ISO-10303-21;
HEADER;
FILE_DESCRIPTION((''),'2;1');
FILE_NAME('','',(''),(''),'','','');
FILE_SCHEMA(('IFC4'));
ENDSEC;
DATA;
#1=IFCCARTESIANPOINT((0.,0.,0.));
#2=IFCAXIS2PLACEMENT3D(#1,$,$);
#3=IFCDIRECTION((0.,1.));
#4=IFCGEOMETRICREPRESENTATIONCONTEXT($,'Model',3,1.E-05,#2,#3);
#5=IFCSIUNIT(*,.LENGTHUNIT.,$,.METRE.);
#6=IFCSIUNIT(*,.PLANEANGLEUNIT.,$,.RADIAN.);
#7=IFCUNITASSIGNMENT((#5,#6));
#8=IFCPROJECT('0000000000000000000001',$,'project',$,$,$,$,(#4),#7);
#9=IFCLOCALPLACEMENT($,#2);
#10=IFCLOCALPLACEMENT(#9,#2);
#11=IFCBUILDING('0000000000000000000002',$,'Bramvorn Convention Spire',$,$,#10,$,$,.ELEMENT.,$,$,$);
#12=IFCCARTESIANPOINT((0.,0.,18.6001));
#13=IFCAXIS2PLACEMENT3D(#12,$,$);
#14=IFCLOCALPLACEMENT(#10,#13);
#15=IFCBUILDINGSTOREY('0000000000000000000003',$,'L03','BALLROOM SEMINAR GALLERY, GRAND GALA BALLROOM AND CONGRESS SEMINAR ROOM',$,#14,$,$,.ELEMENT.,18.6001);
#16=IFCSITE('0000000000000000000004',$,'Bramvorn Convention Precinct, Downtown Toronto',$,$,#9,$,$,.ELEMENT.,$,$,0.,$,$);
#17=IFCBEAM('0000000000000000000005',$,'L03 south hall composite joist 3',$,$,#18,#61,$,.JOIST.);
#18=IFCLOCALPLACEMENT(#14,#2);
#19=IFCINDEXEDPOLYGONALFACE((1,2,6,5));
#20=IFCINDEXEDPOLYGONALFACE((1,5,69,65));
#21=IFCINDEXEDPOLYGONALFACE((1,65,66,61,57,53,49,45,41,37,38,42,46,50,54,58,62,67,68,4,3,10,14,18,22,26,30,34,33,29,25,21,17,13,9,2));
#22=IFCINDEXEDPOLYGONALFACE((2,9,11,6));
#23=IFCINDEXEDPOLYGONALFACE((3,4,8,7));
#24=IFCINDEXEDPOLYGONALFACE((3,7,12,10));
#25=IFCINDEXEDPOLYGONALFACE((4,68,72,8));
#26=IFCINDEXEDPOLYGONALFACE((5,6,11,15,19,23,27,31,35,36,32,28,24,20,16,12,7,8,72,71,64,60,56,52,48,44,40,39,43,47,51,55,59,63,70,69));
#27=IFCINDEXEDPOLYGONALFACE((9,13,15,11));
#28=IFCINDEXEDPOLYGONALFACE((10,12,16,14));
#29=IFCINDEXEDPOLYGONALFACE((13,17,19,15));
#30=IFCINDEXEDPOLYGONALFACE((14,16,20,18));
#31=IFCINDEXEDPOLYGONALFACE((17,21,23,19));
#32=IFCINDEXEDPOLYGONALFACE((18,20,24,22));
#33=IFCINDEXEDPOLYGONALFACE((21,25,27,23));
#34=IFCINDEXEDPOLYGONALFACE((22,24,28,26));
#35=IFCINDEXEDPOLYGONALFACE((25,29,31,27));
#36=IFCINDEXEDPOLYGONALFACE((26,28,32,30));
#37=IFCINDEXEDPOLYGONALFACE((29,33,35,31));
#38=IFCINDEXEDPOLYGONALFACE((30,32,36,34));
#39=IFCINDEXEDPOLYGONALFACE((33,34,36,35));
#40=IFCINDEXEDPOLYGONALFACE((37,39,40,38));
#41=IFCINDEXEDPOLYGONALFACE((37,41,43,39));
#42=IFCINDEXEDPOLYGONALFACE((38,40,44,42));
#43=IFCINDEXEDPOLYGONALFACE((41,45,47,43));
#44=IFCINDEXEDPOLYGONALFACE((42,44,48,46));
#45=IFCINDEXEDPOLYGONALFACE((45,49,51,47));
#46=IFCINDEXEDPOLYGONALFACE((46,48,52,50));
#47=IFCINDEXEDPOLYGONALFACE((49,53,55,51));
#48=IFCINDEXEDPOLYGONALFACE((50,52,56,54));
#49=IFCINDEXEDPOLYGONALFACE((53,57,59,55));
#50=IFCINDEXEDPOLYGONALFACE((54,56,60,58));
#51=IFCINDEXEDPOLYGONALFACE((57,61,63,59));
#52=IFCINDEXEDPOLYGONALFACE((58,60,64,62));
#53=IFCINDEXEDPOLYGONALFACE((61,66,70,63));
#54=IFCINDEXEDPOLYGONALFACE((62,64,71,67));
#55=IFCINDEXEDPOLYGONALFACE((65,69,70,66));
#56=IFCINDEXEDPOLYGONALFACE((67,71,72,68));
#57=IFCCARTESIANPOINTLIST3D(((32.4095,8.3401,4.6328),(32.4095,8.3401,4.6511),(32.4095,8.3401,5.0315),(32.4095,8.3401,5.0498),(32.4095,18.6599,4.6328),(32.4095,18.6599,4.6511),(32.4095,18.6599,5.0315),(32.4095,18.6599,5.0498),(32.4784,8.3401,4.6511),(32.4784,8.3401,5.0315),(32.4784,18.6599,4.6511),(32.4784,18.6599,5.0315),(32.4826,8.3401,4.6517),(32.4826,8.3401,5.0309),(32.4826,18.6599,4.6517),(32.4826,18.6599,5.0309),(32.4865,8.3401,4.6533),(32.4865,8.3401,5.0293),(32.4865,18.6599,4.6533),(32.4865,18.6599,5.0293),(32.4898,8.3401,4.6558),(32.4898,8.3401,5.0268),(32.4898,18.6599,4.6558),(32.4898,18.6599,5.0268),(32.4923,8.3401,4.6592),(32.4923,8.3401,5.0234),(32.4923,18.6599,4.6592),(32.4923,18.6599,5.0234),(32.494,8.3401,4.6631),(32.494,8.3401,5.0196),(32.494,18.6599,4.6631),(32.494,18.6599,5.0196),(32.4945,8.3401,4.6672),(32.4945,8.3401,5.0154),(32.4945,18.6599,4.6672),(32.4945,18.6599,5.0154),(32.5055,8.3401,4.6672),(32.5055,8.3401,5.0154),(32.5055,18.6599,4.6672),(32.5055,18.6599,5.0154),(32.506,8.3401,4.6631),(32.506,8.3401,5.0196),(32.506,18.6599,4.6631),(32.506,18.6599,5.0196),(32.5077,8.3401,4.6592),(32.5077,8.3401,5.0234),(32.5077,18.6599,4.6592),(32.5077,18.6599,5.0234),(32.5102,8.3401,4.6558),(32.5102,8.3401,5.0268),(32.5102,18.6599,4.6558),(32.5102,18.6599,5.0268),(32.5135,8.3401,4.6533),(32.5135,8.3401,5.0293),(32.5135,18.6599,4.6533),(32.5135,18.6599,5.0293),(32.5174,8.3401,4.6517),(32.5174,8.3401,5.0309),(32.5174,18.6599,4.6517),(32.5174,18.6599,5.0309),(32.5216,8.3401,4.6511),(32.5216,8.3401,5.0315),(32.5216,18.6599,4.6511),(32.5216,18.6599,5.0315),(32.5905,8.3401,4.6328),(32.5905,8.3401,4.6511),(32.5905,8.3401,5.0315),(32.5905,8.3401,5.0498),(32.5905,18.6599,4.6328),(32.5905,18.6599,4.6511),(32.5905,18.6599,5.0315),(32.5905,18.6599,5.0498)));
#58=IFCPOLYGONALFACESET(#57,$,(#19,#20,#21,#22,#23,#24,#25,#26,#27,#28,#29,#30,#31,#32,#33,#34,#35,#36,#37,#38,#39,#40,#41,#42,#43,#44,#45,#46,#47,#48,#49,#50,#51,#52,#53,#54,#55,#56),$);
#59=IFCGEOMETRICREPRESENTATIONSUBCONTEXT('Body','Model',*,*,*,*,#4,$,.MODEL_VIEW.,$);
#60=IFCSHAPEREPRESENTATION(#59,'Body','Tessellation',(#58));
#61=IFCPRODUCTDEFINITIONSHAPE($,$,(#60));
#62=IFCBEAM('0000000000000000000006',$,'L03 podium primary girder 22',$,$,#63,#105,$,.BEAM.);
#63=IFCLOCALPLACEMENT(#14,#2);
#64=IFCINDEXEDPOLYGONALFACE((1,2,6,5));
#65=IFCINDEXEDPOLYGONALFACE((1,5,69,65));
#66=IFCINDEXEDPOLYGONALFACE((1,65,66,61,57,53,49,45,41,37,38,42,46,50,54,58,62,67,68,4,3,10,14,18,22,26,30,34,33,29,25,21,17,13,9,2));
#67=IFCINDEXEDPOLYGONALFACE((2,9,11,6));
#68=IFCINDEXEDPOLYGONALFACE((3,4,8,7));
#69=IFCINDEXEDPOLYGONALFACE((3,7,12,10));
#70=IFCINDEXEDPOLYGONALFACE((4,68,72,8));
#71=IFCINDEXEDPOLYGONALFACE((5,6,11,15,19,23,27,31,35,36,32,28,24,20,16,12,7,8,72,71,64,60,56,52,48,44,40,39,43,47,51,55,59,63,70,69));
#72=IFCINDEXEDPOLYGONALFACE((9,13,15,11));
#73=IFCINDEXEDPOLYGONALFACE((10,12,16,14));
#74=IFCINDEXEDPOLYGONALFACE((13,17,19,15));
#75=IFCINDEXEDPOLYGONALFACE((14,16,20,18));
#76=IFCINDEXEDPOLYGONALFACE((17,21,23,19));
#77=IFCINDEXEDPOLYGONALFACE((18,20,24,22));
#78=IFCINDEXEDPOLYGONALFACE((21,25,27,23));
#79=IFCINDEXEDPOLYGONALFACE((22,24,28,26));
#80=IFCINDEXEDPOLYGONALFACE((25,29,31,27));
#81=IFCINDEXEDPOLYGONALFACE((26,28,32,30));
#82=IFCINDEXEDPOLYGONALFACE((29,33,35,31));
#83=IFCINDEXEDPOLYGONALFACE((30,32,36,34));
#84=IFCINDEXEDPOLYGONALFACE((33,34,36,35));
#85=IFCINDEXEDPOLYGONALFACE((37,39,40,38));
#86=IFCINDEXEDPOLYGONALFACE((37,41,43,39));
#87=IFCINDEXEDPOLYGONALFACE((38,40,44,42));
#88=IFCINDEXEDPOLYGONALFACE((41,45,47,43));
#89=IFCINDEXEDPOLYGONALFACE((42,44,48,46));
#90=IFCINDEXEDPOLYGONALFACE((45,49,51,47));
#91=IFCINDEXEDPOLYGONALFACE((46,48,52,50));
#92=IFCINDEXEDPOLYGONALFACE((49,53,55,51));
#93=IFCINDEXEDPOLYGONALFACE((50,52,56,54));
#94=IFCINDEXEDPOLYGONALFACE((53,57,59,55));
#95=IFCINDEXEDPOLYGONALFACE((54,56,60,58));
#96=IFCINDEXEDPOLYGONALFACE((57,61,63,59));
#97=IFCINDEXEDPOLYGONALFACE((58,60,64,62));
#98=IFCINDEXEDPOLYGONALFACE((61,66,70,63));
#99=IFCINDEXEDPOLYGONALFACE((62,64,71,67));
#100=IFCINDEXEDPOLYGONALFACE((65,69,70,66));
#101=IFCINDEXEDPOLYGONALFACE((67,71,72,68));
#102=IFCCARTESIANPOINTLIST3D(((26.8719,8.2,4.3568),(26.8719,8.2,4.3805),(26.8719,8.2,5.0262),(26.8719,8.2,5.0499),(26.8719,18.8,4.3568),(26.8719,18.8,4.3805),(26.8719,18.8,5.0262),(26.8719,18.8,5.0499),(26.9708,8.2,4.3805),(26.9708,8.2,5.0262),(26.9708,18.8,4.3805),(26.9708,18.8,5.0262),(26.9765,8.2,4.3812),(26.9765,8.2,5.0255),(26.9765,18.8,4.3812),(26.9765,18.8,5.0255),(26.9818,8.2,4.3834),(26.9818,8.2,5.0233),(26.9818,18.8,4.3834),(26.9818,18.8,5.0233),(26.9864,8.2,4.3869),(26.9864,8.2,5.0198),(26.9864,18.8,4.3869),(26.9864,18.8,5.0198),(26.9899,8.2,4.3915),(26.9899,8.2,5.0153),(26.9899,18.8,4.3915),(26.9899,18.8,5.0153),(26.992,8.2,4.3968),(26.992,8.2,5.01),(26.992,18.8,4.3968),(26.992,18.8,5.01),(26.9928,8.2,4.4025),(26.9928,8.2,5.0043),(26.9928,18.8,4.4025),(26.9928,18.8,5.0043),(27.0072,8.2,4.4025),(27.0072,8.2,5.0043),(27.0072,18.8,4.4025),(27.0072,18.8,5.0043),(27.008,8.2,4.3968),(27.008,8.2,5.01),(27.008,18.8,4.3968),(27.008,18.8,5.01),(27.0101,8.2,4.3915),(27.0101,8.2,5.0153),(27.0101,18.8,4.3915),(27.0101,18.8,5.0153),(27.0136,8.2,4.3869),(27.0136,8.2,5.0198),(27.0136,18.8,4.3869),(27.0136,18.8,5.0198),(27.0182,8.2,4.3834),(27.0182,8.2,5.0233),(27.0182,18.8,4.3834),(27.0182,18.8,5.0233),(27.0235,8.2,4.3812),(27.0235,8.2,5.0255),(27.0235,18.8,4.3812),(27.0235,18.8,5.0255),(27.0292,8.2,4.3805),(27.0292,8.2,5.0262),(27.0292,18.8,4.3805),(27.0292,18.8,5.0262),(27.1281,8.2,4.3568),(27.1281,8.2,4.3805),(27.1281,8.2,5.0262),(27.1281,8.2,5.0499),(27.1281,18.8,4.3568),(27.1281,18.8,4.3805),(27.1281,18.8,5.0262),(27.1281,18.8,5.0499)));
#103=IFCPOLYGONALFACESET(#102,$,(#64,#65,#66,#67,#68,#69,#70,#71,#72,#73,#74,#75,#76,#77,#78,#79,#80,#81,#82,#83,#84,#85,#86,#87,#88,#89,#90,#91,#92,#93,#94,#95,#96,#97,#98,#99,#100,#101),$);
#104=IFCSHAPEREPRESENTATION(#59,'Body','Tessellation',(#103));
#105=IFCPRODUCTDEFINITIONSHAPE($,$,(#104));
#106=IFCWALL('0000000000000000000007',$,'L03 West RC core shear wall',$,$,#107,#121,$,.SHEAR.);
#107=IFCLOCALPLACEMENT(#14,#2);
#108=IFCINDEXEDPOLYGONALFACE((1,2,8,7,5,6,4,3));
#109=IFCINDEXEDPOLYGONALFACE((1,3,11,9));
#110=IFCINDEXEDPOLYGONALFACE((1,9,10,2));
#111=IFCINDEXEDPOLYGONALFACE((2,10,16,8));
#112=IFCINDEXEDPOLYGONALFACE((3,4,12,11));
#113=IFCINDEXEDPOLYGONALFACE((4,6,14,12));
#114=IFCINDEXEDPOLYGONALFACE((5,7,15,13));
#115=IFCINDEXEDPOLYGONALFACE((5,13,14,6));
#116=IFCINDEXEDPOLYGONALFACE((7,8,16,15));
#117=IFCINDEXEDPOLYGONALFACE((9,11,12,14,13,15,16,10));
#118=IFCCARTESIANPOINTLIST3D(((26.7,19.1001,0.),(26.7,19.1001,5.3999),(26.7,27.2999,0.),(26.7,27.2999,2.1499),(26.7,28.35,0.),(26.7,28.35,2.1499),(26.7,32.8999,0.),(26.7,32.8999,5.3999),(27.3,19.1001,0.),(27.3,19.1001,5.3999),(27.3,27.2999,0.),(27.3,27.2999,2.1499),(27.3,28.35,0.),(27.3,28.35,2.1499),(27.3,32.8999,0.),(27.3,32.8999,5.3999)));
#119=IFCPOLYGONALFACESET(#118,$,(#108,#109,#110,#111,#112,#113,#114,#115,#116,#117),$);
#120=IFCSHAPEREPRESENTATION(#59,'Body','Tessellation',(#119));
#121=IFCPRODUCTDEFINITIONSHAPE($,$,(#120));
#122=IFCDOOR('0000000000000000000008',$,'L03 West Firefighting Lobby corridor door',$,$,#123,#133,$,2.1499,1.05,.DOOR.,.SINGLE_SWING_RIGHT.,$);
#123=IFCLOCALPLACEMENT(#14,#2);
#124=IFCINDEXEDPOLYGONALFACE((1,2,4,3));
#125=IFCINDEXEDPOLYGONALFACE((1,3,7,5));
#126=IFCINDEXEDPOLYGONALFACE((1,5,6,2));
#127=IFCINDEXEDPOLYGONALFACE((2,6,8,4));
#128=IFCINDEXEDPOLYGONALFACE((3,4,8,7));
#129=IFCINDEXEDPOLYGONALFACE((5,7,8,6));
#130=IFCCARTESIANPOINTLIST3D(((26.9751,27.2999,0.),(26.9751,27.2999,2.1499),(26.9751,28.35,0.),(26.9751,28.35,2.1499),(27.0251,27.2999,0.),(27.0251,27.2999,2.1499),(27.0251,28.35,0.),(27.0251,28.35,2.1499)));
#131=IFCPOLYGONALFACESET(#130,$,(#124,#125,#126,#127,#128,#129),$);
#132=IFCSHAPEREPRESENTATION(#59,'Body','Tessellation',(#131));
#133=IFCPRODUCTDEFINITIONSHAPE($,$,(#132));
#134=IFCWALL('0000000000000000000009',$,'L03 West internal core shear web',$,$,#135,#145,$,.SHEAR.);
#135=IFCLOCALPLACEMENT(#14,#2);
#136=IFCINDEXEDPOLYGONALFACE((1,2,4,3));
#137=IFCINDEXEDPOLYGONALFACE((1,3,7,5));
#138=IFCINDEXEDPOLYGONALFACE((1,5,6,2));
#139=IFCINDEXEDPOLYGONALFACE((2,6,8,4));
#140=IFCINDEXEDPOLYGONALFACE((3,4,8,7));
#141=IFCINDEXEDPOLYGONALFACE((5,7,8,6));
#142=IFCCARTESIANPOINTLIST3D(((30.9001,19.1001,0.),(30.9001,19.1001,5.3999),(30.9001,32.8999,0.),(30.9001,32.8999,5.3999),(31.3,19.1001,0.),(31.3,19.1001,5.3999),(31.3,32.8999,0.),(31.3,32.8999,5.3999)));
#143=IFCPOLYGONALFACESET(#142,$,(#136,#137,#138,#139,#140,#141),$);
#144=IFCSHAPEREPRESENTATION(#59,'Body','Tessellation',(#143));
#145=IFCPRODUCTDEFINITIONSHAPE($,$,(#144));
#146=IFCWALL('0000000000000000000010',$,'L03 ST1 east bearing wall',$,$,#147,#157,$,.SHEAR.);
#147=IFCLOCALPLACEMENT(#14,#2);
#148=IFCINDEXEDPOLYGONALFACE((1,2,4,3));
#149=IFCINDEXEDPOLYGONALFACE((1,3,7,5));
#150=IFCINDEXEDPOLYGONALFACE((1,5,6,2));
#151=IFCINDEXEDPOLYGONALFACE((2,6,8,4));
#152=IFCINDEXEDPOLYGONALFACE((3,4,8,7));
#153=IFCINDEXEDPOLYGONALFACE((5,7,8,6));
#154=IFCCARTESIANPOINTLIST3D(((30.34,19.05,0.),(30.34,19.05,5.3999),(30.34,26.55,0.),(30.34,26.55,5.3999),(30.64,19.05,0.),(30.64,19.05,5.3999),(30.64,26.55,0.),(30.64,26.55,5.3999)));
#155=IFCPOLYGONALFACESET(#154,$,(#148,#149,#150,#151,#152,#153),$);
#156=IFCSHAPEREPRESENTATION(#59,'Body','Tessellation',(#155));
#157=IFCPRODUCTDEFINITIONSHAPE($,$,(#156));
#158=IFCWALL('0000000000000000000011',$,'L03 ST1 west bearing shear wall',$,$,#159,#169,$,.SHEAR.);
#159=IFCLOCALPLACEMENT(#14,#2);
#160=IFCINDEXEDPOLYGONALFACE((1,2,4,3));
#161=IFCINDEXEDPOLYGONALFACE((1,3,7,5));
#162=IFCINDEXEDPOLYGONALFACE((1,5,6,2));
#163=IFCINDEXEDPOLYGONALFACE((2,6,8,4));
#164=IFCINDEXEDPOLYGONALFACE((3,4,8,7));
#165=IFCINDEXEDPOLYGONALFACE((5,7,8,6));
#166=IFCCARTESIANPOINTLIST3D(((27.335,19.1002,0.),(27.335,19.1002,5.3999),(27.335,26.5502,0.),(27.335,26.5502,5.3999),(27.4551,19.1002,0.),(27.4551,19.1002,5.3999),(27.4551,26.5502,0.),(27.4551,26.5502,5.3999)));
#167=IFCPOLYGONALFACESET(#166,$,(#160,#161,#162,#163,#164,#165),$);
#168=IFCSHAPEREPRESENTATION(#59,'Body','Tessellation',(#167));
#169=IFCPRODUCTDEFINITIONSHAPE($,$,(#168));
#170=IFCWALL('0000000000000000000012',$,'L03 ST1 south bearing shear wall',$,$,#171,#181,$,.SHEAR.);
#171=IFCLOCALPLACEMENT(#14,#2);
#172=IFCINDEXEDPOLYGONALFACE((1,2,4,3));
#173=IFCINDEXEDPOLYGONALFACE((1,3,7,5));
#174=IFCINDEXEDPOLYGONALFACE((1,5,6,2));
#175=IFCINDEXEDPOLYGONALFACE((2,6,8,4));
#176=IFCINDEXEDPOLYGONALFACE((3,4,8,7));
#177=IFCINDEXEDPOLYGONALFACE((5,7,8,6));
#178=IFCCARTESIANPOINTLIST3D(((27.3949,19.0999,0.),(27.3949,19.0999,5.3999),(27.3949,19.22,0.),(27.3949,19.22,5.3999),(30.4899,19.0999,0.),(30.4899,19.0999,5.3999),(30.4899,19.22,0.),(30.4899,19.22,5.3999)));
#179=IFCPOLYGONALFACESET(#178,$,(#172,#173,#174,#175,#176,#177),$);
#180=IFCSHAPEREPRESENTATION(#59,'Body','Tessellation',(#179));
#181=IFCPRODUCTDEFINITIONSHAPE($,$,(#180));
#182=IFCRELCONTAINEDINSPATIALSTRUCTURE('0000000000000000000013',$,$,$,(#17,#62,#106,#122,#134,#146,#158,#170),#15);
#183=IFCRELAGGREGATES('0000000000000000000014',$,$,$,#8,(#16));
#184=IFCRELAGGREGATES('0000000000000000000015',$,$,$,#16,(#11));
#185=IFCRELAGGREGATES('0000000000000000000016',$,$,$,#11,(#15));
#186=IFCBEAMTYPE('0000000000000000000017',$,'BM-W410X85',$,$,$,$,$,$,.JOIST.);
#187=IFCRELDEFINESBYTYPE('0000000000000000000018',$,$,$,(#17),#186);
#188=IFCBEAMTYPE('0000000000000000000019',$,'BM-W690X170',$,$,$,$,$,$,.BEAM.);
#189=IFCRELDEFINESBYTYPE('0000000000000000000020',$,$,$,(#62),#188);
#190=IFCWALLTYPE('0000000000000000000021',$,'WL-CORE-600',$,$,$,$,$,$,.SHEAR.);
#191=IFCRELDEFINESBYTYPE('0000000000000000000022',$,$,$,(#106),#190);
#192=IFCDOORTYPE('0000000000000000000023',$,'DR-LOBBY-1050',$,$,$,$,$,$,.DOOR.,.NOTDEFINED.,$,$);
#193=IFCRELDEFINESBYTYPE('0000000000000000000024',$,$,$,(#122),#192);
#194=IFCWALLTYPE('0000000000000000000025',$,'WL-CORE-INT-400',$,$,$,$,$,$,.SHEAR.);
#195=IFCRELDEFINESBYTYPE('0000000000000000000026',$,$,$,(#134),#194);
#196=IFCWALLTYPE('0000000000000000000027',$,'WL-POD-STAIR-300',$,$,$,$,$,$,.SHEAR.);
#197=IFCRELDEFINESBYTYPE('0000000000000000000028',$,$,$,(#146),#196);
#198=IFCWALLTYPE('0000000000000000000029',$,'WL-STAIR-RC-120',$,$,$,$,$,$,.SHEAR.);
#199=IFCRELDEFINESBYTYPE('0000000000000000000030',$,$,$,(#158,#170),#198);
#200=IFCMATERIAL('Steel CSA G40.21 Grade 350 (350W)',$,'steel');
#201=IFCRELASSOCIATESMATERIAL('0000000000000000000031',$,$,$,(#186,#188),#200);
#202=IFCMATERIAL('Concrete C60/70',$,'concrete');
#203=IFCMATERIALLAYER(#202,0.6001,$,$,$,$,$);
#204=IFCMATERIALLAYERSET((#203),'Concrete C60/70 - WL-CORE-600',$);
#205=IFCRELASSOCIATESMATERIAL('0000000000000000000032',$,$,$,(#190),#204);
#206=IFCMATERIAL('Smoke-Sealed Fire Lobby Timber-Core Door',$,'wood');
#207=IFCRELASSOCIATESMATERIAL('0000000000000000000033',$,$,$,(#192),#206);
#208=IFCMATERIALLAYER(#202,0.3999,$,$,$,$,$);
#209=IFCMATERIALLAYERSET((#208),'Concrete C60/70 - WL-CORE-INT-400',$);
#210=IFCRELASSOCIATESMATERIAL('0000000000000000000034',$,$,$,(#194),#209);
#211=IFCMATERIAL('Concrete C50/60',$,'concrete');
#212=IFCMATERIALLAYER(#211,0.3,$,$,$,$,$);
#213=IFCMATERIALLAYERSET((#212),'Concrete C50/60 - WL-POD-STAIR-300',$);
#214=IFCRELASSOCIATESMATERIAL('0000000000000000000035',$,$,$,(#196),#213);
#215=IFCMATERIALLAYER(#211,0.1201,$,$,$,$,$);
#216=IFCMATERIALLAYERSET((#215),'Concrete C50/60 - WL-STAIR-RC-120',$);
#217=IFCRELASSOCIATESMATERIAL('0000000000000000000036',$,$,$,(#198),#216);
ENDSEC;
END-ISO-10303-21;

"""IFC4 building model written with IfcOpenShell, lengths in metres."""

from ifc_helpers import new_model, si_unit, direction, frame, frame_2d, origin, origin_2d, place, context, subcontext, project, spatial, rectangle, i_section, extrude, material, layer, layer_set, material_profile, profile_set, type_object, element, fill, save


model = new_model("IFC4")

# Units and contexts
model_context = context("Model", 3, precision=1e-05, world=origin(), true_north=direction((0.0, 1.0)))
body_context = subcontext(model_context, "Body", "Model", "MODEL_VIEW")
ifc_project = project(units=[si_unit("LENGTHUNIT", "METRE"), si_unit("PLANEANGLEUNIT", "RADIAN")], contexts=[model_context])

# Site, building, storey
site_placement = place(None, origin())
site = spatial("IfcSite", under=ifc_project, at=site_placement, Name="Bramvorn Convention Precinct, Downtown Toronto", CompositionType="ELEMENT", RefElevation=0.0)
building_placement = place(site_placement, origin())
building = spatial("IfcBuilding", under=site, at=building_placement, Name="Bramvorn Convention Spire", CompositionType="ELEMENT")
storey_placement = place(building_placement, frame((0.0, 0.0, 18.6001)))
storey = spatial("IfcBuildingStorey", under=building, at=storey_placement, Name="L03", Description="BALLROOM SEMINAR GALLERY, GRAND GALA BALLROOM AND CONGRESS SEMINAR ROOM", CompositionType="ELEMENT", Elevation=18.6001)

# Beams
ifc_material_1 = material(Name="Steel CSA G40.21 Grade 350 (350W)", Category="steel")
ifc_material_profile_1 = material_profile(ifc_material_1, i_section(OverallWidth=0.1809, OverallDepth=0.417, WebThickness=0.011, FlangeThickness=0.0183, FilletRadius=0.0161, at=origin_2d()))
ifc_profile_set_1 = profile_set([ifc_material_profile_1], Name="Steel CSA G40.21 Grade 350 (350W) - W410X85")
beam_type_1 = type_object("IfcBeamType", Name="BM-W410X85", PredefinedType="JOIST", material=ifc_profile_set_1)
beam_1_placement = place(storey_placement, frame((32.5, 8.3401, 4.8413), z_axis=(0.0, 1.0, 0.0), x_axis=(-1.0, 0.0, 0.0)))
element("IfcBeam", 1, at=beam_1_placement, inside=storey, type_object=beam_type_1, Name="L03 south hall composite joist 3", PredefinedType="JOIST", context=body_context, shape_type="SweptSolid", body=[
    extrude(i_section(OverallWidth=0.1809, OverallDepth=0.417, WebThickness=0.011, FlangeThickness=0.0183, FilletRadius=0.0161, at=origin_2d()), origin(), (0.0, 0.0, 1.0), 10.3198),
])
ifc_material_profile_2 = material_profile(ifc_material_1, i_section(OverallWidth=0.2561, OverallDepth=0.6931, WebThickness=0.0144, FlangeThickness=0.0237, FilletRadius=0.022, at=origin_2d()))
ifc_profile_set_2 = profile_set([ifc_material_profile_2], Name="Steel CSA G40.21 Grade 350 (350W) - W690X170")
beam_type_2 = type_object("IfcBeamType", Name="BM-W690X170", PredefinedType="BEAM", material=ifc_profile_set_2)
beam_2_placement = place(storey_placement, frame((27.0, 8.2, 4.7034), z_axis=(0.0, 1.0, 0.0), x_axis=(-1.0, 0.0, 0.0)))
element("IfcBeam", 2, at=beam_2_placement, inside=storey, type_object=beam_type_2, Name="L03 podium primary girder 22", PredefinedType="BEAM", context=body_context, shape_type="SweptSolid", body=[
    extrude(i_section(OverallWidth=0.2561, OverallDepth=0.6931, WebThickness=0.0144, FlangeThickness=0.0237, FilletRadius=0.022, at=origin_2d()), origin(), (0.0, 0.0, 1.0), 10.6001),
])

# Wall, opening, door
ifc_material_2 = material(Name="Concrete C60/70", Category="concrete")
ifc_layer_1 = layer(ifc_material_2, 0.6001)
ifc_layer_set_1 = layer_set([ifc_layer_1], Name="Concrete C60/70 - WL-CORE-600")
wall_type_1 = type_object("IfcWallType", Name="WL-CORE-600", PredefinedType="SHEAR", material=ifc_layer_set_1)
wall_1_placement = place(storey_placement, frame((27.0, 19.1001, 0.0), z_axis=(0.0, 0.0, 1.0), x_axis=(0.0, 1.0, 0.0)))
wall_1 = element("IfcWall", 3, at=wall_1_placement, inside=storey, type_object=wall_type_1, Name="L03 West RC core shear wall", PredefinedType="SHEAR", context=body_context, shape_type="SweptSolid", body=[
    extrude(rectangle(XDim=13.7998, YDim=0.6001, at=frame_2d((6.8999, 0.0))), origin(), (0.0, 0.0, 1.0), 5.3999),
])
opening_placement = place(wall_1_placement, frame((8.2, 0.0, 0.0)))
opening = element("IfcOpeningElement", 4, at=opening_placement, cuts=wall_1, PredefinedType="OPENING", context=body_context, shape_type="SweptSolid", body=[
    extrude(rectangle(XDim=1.05, YDim=2.1499, at=frame_2d((0.5249, 1.075))), frame((0.0, 0.3101, 0.0), z_axis=(0.0, -1.0, 0.0), x_axis=(1.0, 0.0, 0.0)), (0.0, 0.0, 1.0), 0.6201),
])
ifc_material_3 = material(Name="Smoke-Sealed Fire Lobby Timber-Core Door", Category="wood")
door_type = type_object("IfcDoorType", Name="DR-LOBBY-1050", OperationType="NOTDEFINED", PredefinedType="DOOR", material=ifc_material_3)
door_placement = place(opening_placement, origin())
door = element("IfcDoor", 5, at=door_placement, inside=storey, type_object=door_type, Name="L03 West Firefighting Lobby corridor door", OperationType="SINGLE_SWING_RIGHT", OverallHeight=2.1499, OverallWidth=1.05, PredefinedType="DOOR", context=body_context, shape_type="SweptSolid", body=[
    extrude(rectangle(XDim=1.05, YDim=2.1499, at=frame_2d((0.5249, 1.075))), frame((0.0, 0.0249, 0.0), z_axis=(0.0, -1.0, 0.0), x_axis=(1.0, 0.0, 0.0)), (0.0, 0.0, 1.0), 0.05),
])
fill(opening, door)

# Walls
ifc_layer_2 = layer(ifc_material_2, 0.3999)
ifc_layer_set_2 = layer_set([ifc_layer_2], Name="Concrete C60/70 - WL-CORE-INT-400")
wall_type_2 = type_object("IfcWallType", Name="WL-CORE-INT-400", PredefinedType="SHEAR", material=ifc_layer_set_2)
wall_2_placement = place(storey_placement, frame((31.1001, 19.1001, 0.0), z_axis=(0.0, 0.0, 1.0), x_axis=(0.0, 1.0, 0.0)))
element("IfcWall", 6, at=wall_2_placement, inside=storey, type_object=wall_type_2, Name="L03 West internal core shear web", PredefinedType="SHEAR", context=body_context, shape_type="SweptSolid", body=[
    extrude(rectangle(XDim=13.7998, YDim=0.3999, at=frame_2d((6.8999, 0.0))), origin(), (0.0, 0.0, 1.0), 5.3999),
])
ifc_material_4 = material(Name="Concrete C50/60", Category="concrete")
ifc_layer_3 = layer(ifc_material_4, 0.3)
ifc_layer_set_3 = layer_set([ifc_layer_3], Name="Concrete C50/60 - WL-POD-STAIR-300")
wall_type_3 = type_object("IfcWallType", Name="WL-POD-STAIR-300", PredefinedType="SHEAR", material=ifc_layer_set_3)
wall_3_placement = place(storey_placement, frame((30.49, 19.05, 0.0), z_axis=(0.0, 0.0, 1.0), x_axis=(0.0, 1.0, 0.0)))
element("IfcWall", 7, at=wall_3_placement, inside=storey, type_object=wall_type_3, Name="L03 ST1 east bearing wall", PredefinedType="SHEAR", context=body_context, shape_type="SweptSolid", body=[
    extrude(rectangle(XDim=7.5, YDim=0.3, at=frame_2d((3.75, 0.0))), origin(), (0.0, 0.0, 1.0), 5.3999),
])
ifc_layer_4 = layer(ifc_material_4, 0.1201)
ifc_layer_set_4 = layer_set([ifc_layer_4], Name="Concrete C50/60 - WL-STAIR-RC-120")
wall_type_4 = type_object("IfcWallType", Name="WL-STAIR-RC-120", PredefinedType="SHEAR", material=ifc_layer_set_4)
wall_4_placement = place(storey_placement, frame((27.395, 19.1001, 0.0), z_axis=(0.0, 0.0, 1.0), x_axis=(0.0, 1.0, 0.0)))
element("IfcWall", 8, at=wall_4_placement, inside=storey, type_object=wall_type_4, Name="L03 ST1 west bearing shear wall", PredefinedType="SHEAR", context=body_context, shape_type="SweptSolid", body=[
    extrude(rectangle(XDim=7.45, YDim=0.1201, at=frame_2d((3.7251, 0.0))), origin(), (0.0, 0.0, 1.0), 5.3999),
])
wall_5_placement = place(storey_placement, frame((27.395, 19.1599, 0.0), z_axis=(0.0, 0.0, 1.0), x_axis=(1.0, 0.0, 0.0)))
element("IfcWall", 9, at=wall_5_placement, inside=storey, type_object=wall_type_4, Name="L03 ST1 south bearing shear wall", PredefinedType="SHEAR", context=body_context, shape_type="SweptSolid", body=[
    extrude(rectangle(XDim=3.095, YDim=0.1201, at=frame_2d((1.5474, 0.0))), origin(), (0.0, 0.0, 1.0), 5.3999),
])

save(model, "model.ifc")
